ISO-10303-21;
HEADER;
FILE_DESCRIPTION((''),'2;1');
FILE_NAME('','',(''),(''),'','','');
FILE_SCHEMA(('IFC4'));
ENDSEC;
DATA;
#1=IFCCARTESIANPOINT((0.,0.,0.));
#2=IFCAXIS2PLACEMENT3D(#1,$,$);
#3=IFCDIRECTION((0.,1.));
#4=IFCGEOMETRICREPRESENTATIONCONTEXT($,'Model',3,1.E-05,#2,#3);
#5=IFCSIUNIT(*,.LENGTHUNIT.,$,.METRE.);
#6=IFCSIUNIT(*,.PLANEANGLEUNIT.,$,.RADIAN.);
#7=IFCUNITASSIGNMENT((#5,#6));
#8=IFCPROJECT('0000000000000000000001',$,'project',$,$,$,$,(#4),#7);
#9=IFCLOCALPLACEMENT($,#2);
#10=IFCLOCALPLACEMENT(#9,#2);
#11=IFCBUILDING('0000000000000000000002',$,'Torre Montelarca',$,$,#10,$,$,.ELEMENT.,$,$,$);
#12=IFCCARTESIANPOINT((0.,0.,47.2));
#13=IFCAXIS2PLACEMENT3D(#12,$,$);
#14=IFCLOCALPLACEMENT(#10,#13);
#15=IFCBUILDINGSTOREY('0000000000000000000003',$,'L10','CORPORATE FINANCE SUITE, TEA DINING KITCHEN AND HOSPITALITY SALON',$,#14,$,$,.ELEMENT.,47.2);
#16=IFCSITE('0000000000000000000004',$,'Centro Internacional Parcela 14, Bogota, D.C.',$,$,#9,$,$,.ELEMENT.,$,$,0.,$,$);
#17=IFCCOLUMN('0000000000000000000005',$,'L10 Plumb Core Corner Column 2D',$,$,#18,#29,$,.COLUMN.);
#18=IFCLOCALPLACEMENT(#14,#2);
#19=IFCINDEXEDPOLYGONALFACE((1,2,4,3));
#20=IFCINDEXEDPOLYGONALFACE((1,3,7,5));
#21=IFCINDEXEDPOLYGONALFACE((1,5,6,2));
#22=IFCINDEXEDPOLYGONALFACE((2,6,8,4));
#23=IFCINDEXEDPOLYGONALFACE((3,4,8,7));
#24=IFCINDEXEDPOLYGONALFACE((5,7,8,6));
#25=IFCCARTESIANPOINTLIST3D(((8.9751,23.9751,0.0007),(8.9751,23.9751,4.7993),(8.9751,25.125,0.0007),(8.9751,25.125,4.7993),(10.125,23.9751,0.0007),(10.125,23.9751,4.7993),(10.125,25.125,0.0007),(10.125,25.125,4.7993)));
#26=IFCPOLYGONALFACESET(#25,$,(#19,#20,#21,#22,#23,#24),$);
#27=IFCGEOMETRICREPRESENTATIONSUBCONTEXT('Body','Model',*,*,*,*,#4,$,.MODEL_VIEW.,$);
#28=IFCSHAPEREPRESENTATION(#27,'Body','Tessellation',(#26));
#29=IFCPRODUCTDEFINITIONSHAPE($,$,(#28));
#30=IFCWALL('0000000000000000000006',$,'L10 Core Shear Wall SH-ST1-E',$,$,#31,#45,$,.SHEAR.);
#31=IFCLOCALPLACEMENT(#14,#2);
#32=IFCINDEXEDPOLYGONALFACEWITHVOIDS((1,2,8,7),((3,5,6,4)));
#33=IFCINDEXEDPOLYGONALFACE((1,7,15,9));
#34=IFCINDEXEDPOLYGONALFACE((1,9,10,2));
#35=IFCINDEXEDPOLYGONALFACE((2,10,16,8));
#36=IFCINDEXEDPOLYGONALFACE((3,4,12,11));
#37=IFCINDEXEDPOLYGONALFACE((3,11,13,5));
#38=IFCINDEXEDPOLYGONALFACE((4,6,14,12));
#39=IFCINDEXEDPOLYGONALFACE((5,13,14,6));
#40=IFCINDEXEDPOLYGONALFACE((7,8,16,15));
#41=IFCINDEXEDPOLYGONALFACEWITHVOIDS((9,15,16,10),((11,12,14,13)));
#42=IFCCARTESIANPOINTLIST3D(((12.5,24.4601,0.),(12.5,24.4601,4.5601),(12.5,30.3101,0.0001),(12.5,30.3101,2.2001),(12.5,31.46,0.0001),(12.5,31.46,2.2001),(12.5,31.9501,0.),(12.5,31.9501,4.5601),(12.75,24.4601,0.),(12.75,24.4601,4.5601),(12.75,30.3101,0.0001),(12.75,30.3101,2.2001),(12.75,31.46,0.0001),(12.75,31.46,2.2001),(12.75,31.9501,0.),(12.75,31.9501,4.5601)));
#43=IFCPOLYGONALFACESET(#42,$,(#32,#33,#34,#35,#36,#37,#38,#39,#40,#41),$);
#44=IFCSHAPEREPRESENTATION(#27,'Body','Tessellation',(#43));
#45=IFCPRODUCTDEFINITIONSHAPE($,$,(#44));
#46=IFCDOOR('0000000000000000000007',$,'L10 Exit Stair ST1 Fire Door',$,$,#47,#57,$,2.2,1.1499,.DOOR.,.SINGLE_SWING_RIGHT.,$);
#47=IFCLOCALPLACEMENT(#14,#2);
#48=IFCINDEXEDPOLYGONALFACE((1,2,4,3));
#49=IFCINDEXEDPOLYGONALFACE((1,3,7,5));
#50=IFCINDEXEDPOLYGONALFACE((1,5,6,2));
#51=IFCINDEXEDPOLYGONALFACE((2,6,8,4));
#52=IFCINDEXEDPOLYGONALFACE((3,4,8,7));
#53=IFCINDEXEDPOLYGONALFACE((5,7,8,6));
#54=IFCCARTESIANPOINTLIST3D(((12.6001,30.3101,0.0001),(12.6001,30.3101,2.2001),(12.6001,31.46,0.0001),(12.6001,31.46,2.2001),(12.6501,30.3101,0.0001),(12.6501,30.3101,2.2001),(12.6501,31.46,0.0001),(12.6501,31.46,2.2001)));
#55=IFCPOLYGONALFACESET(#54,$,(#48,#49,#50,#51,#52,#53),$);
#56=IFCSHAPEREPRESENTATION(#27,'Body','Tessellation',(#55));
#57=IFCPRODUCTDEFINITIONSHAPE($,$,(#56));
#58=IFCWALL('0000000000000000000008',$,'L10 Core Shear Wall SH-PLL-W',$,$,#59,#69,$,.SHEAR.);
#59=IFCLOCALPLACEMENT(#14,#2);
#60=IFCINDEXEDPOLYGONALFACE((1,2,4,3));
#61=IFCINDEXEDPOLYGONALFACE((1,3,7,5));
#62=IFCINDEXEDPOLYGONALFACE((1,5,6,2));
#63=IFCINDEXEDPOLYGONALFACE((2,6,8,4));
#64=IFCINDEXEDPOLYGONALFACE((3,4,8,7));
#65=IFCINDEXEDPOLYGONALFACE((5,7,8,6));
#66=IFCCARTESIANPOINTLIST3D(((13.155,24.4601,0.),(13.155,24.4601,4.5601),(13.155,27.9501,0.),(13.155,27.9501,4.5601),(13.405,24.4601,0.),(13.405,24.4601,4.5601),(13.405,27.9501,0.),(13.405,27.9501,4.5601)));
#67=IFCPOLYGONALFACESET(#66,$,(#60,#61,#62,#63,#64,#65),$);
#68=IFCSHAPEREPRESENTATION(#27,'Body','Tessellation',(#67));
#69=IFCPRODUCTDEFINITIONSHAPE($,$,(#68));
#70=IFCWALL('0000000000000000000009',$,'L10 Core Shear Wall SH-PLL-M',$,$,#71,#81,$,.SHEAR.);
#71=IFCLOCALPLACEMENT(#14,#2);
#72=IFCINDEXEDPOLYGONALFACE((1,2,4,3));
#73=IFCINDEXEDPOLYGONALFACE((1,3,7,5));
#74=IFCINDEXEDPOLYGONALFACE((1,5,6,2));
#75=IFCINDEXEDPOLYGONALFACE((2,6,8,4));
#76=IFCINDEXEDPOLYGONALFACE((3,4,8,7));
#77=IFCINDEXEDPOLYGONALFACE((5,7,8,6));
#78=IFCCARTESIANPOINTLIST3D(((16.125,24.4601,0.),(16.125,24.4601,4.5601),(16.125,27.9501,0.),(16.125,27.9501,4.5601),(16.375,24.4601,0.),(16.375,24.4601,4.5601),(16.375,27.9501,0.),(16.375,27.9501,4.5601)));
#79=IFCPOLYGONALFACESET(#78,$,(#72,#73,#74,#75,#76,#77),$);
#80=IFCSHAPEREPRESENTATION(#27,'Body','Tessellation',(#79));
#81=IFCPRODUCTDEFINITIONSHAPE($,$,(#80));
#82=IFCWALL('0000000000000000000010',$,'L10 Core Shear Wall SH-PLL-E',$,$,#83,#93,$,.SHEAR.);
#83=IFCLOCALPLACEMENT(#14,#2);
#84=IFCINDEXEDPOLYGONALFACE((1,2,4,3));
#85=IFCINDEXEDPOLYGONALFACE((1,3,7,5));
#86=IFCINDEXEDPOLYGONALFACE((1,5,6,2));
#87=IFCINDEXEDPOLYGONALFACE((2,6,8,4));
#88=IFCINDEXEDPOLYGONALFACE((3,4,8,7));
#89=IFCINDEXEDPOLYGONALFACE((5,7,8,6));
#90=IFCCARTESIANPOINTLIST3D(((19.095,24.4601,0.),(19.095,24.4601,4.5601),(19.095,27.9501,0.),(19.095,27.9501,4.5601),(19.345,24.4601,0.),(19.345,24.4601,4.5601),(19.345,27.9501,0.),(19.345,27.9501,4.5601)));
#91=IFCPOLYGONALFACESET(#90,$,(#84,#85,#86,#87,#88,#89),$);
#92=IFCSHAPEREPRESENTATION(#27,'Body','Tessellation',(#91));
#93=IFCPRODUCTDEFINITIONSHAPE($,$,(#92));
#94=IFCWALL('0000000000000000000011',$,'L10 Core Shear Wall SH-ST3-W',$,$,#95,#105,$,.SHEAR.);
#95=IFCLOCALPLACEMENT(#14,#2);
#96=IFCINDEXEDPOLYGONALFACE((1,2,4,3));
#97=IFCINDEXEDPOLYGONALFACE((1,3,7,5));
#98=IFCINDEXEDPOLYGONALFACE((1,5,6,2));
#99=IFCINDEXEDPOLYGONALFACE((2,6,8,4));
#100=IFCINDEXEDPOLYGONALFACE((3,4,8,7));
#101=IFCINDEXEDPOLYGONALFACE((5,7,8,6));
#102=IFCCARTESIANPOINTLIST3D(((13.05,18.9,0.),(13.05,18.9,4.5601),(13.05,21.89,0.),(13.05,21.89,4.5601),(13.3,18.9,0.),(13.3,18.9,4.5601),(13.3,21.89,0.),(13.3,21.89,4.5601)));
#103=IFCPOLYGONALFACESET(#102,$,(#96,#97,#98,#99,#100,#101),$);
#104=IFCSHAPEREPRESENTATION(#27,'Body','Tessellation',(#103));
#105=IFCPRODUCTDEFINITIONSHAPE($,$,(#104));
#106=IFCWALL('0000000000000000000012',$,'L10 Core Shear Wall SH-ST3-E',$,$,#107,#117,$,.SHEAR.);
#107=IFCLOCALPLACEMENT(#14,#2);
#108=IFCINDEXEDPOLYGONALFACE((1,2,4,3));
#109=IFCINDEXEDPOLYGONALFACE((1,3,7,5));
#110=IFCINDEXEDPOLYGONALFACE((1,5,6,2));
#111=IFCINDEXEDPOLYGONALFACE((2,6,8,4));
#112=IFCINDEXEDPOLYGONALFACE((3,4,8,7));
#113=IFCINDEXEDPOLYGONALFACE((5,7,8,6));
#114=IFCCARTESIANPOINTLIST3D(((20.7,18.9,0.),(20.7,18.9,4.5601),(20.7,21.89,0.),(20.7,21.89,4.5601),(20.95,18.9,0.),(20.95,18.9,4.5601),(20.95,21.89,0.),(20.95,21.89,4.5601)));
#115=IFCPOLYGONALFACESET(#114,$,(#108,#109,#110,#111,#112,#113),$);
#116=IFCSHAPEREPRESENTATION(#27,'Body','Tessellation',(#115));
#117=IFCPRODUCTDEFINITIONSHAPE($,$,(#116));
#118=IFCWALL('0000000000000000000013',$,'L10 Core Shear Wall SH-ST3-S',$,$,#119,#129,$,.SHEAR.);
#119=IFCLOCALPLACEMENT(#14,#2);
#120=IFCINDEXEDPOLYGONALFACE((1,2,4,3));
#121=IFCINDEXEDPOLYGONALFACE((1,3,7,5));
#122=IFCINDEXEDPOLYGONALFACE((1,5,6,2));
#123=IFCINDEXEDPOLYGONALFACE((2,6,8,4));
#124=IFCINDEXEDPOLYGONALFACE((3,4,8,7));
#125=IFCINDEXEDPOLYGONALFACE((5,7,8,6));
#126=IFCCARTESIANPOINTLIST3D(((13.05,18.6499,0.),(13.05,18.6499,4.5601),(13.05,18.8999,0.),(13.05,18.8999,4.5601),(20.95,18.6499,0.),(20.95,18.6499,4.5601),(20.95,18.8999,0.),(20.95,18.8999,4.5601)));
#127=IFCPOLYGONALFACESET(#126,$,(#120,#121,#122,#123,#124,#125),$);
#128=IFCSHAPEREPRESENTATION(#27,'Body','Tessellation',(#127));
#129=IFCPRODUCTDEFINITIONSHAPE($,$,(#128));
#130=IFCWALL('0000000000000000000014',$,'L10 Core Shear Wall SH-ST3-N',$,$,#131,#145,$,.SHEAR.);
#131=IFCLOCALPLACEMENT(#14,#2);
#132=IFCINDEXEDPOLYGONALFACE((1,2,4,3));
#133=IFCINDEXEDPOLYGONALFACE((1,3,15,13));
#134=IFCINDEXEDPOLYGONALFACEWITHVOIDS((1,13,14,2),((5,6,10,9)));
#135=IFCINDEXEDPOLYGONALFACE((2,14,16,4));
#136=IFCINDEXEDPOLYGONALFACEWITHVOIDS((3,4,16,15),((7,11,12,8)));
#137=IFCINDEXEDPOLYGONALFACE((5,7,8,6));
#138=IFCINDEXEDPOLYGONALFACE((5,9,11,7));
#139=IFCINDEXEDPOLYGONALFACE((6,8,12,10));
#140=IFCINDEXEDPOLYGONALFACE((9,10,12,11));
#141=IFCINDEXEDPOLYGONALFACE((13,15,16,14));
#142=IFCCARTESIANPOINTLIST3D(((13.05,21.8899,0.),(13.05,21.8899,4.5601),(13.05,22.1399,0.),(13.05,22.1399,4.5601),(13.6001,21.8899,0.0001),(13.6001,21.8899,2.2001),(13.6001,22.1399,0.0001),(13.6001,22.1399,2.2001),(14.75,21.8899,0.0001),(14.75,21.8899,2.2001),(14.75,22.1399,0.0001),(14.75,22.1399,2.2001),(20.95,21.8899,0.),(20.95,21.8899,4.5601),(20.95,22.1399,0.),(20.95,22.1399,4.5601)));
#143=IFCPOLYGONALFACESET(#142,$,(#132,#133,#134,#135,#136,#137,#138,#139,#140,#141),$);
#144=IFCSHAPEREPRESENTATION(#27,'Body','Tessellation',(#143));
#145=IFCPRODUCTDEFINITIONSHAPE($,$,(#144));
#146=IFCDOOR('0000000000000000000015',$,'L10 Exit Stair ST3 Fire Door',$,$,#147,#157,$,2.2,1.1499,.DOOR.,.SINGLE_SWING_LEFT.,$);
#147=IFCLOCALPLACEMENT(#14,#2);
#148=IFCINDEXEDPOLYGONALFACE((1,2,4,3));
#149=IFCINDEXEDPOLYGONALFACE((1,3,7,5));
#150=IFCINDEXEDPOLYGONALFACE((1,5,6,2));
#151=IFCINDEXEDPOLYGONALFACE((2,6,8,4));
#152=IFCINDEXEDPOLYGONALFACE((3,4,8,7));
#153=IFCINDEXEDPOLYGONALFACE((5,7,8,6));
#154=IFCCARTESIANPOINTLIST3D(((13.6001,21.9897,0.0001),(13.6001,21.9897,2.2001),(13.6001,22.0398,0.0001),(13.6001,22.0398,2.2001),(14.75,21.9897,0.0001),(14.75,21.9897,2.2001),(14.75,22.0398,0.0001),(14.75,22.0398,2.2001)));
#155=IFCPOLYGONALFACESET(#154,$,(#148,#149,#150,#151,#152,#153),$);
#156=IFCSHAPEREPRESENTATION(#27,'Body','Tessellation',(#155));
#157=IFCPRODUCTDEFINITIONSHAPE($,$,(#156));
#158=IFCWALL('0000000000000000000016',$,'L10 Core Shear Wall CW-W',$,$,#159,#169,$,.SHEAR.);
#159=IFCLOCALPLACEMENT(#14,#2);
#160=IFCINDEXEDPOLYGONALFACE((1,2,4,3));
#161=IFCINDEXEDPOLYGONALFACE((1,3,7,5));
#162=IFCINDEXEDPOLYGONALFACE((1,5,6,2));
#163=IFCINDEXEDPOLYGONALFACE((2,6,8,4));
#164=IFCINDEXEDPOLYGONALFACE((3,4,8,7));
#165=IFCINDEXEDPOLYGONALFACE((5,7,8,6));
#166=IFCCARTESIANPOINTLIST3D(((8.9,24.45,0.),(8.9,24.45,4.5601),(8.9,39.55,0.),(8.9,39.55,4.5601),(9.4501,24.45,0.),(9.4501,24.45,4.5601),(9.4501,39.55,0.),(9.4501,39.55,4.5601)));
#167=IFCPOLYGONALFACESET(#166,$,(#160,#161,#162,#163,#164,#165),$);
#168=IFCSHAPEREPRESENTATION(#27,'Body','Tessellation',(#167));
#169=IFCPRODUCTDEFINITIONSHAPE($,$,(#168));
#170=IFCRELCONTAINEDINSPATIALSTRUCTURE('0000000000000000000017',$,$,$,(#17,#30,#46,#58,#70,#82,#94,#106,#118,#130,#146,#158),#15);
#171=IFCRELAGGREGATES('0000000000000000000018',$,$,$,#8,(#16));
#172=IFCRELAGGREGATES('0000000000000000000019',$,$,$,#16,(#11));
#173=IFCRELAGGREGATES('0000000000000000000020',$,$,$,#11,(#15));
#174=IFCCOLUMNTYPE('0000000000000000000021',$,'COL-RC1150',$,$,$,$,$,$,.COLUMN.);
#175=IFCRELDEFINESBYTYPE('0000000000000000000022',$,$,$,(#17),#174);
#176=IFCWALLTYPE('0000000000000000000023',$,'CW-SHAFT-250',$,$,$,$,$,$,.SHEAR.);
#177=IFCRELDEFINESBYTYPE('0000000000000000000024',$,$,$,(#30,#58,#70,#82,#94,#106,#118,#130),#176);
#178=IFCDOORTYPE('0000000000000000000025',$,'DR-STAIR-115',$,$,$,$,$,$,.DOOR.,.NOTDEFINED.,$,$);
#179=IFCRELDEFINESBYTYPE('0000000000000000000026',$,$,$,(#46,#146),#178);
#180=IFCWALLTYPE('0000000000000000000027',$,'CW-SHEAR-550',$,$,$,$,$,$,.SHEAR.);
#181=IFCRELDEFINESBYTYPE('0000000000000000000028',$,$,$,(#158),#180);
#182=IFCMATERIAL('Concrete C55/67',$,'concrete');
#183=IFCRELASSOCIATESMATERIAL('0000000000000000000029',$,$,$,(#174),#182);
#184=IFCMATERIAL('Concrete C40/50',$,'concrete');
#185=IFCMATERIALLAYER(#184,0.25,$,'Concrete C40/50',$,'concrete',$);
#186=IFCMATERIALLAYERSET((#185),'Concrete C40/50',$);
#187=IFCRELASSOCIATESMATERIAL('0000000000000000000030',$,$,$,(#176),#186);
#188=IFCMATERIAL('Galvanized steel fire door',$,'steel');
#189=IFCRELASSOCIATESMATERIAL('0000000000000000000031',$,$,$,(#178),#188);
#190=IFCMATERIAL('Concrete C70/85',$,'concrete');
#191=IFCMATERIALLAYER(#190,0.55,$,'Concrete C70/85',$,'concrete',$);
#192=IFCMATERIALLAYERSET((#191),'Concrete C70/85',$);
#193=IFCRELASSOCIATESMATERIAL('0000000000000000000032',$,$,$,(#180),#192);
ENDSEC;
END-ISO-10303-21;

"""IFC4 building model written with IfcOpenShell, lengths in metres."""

from ifc_helpers import new_model, si_unit, direction, frame, frame_2d, origin, origin_2d, place, context, subcontext, project, spatial, rectangle, extrude, source, transform, mapped, material, layer, layer_set, material_profile, profile_set, type_object, element, fill, save


model = new_model("IFC4")

# Units and contexts
model_context = context("Model", 3, precision=1e-05, world=origin(), true_north=direction((0.0, 1.0)))
body_context = subcontext(model_context, "Body", "Model", "MODEL_VIEW")
ifc_project = project(units=[si_unit("LENGTHUNIT", "METRE"), si_unit("PLANEANGLEUNIT", "RADIAN")], contexts=[model_context])

# Site, building, storey
site_placement = place(None, origin())
site = spatial("IfcSite", under=ifc_project, at=site_placement, Name="Centro Internacional Parcela 14, Bogota, D.C.", CompositionType="ELEMENT", RefElevation=0.0)
building_placement = place(site_placement, origin())
building = spatial("IfcBuilding", under=site, at=building_placement, Name="Torre Montelarca", CompositionType="ELEMENT")
storey_placement = place(building_placement, frame((0.0, 0.0, 47.2)))
storey = spatial("IfcBuildingStorey", under=building, at=storey_placement, Name="L10", Description="CORPORATE FINANCE SUITE, TEA DINING KITCHEN AND HOSPITALITY SALON", CompositionType="ELEMENT", Elevation=47.2)

# Column
ifc_material_1 = material(Name="Concrete C55/67", Category="concrete")
ifc_material_profile = material_profile(ifc_material_1, rectangle(XDim=1.1499, YDim=1.1499, at=origin_2d()), Name="RC1150X1150", Category="concrete")
ifc_profile_set = profile_set([ifc_material_profile], Name="Concrete C55/67")
column_type = type_object("IfcColumnType", Name="COL-RC1150", PredefinedType="COLUMN", material=ifc_profile_set)
shared_shape_1 = source(origin(), body_context, "Body", "SweptSolid", [
    extrude(rectangle(XDim=1.1499, YDim=1.1499, at=origin_2d()), origin(), (0.0, 0.0, 1.0), 4.7986),
])
column_placement = place(storey_placement, frame((9.55, 24.55, 0.0007), z_axis=(0.0, 0.0, 1.0), x_axis=(1.0, 0.0, 0.0)))
element("IfcColumn", 1, at=column_placement, inside=storey, type_object=column_type, Name="L10 Plumb Core Corner Column 2D", PredefinedType="COLUMN", context=body_context, shape_type="MappedRepresentation", body=[
    mapped(shared_shape_1, transform((0.0, 0.0, 0.0), scale=1.0)),
])

# Wall, opening, door
ifc_material_2 = material(Name="Concrete C40/50", Category="concrete")
ifc_layer_1 = layer(ifc_material_2, 0.25, Name="Concrete C40/50", Category="concrete")
ifc_layer_set_1 = layer_set([ifc_layer_1], Name="Concrete C40/50")
wall_type_1 = type_object("IfcWallType", Name="CW-SHAFT-250", PredefinedType="SHEAR", material=ifc_layer_set_1)
wall_1_placement = place(storey_placement, frame((12.625, 24.46, 0.0), z_axis=(0.0, 0.0, 1.0), x_axis=(0.0, 1.0, 0.0)))
wall_1 = element("IfcWall", 2, at=wall_1_placement, inside=storey, type_object=wall_type_1, Name="L10 Core Shear Wall SH-ST1-E", PredefinedType="SHEAR", context=body_context, shape_type="SweptSolid", body=[
    extrude(rectangle(XDim=7.49, YDim=0.25, at=frame_2d((3.7451, 0.0))), origin(), (0.0, 0.0, 1.0), 4.5601),
])
opening_1_placement = place(wall_1_placement, frame((5.8501, 0.0, 0.0)))
opening_1 = element("IfcOpeningElement", 3, at=opening_1_placement, cuts=wall_1, PredefinedType="OPENING", context=body_context, shape_type="SweptSolid", body=[
    extrude(rectangle(XDim=1.1499, YDim=2.2, at=frame_2d((0.575, 1.1001))), frame((0.0, 0.135, 0.0), z_axis=(0.0, -1.0, 0.0), x_axis=(1.0, 0.0, 0.0)), (0.0, 0.0, 1.0), 0.27),
])
ifc_material_3 = material(Name="Galvanized steel fire door", Category="steel")
door_type_1 = type_object("IfcDoorType", Name="DR-STAIR-115", OperationType="NOTDEFINED", PredefinedType="DOOR", material=ifc_material_3)
shared_shape_2 = source(origin(), body_context, "Body", "SweptSolid", [
    extrude(rectangle(XDim=1.1499, YDim=2.2, at=frame_2d((0.575, 1.1001))), frame((0.0, 0.0249, 0.0), z_axis=(0.0, -1.0, 0.0), x_axis=(1.0, 0.0, 0.0)), (0.0, 0.0, 1.0), 0.05),
])
door_1_placement = place(opening_1_placement, origin())
door_1 = element("IfcDoor", 4, at=door_1_placement, inside=storey, type_object=door_type_1, Name="L10 Exit Stair ST1 Fire Door", OperationType="SINGLE_SWING_RIGHT", OverallHeight=2.2, OverallWidth=1.1499, PredefinedType="DOOR", context=body_context, shape_type="MappedRepresentation", body=[
    mapped(shared_shape_2, transform((0.0, 0.0, 0.0), scale=1.0)),
])
fill(opening_1, door_1)

# Walls
for number, where, z_axis, x_axis, name in (
    (5, (13.28, 24.46, 0.0), (0.0, 0.0, 1.0), (0.0, 1.0, 0.0), "L10 Core Shear Wall SH-PLL-W"),
    (6, (16.25, 24.46, 0.0), (0.0, 0.0, 1.0), (0.0, 1.0, 0.0), "L10 Core Shear Wall SH-PLL-M"),
    (7, (19.22, 24.46, 0.0), (0.0, 0.0, 1.0), (0.0, 1.0, 0.0), "L10 Core Shear Wall SH-PLL-E"),
):
    element("IfcWall", number, at=place(storey_placement, frame(where, z_axis=z_axis, x_axis=x_axis)), inside=storey, type_object=wall_type_1, Name=name, PredefinedType="SHEAR", context=body_context, shape_type="SweptSolid", body=[
        extrude(rectangle(XDim=3.49, YDim=0.25, at=frame_2d((1.7451, 0.0))), origin(), (0.0, 0.0, 1.0), 4.5601),
    ])
for number, where, z_axis, x_axis, name in (
    (8, (13.175, 18.8999, 0.0), (0.0, 0.0, 1.0), (0.0, 1.0, 0.0), "L10 Core Shear Wall SH-ST3-W"),
    (9, (20.825, 18.8999, 0.0), (0.0, 0.0, 1.0), (0.0, 1.0, 0.0), "L10 Core Shear Wall SH-ST3-E"),
):
    element("IfcWall", number, at=place(storey_placement, frame(where, z_axis=z_axis, x_axis=x_axis)), inside=storey, type_object=wall_type_1, Name=name, PredefinedType="SHEAR", context=body_context, shape_type="SweptSolid", body=[
        extrude(rectangle(XDim=2.99, YDim=0.25, at=frame_2d((1.4951, 0.0))), origin(), (0.0, 0.0, 1.0), 4.5601),
    ])
wall_2_placement = place(storey_placement, frame((13.05, 18.7749, 0.0), z_axis=(0.0, 0.0, 1.0), x_axis=(1.0, 0.0, 0.0)))
element("IfcWall", 10, at=wall_2_placement, inside=storey, type_object=wall_type_1, Name="L10 Core Shear Wall SH-ST3-S", PredefinedType="SHEAR", context=body_context, shape_type="SweptSolid", body=[
    extrude(rectangle(XDim=7.8999, YDim=0.25, at=frame_2d((3.95, 0.0))), origin(), (0.0, 0.0, 1.0), 4.5601),
])

# Wall, opening, door
wall_3_placement = place(storey_placement, frame((13.05, 22.0149, 0.0), z_axis=(0.0, 0.0, 1.0), x_axis=(1.0, 0.0, 0.0)))
wall_3 = element("IfcWall", 11, at=wall_3_placement, inside=storey, type_object=wall_type_1, Name="L10 Core Shear Wall SH-ST3-N", PredefinedType="SHEAR", context=body_context, shape_type="SweptSolid", body=[
    extrude(rectangle(XDim=7.8999, YDim=0.25, at=frame_2d((3.95, 0.0))), origin(), (0.0, 0.0, 1.0), 4.5601),
])
opening_2_placement = place(wall_3_placement, frame((0.55, 0.0, 0.0)))
opening_2 = element("IfcOpeningElement", 12, at=opening_2_placement, cuts=wall_3, PredefinedType="OPENING", context=body_context, shape_type="SweptSolid", body=[
    extrude(rectangle(XDim=1.1499, YDim=2.2, at=frame_2d((0.575, 1.1001))), frame((0.0, 0.135, 0.0), z_axis=(0.0, -1.0, 0.0), x_axis=(1.0, 0.0, 0.0)), (0.0, 0.0, 1.0), 0.27),
])
door_2_placement = place(opening_2_placement, origin())
door_2 = element("IfcDoor", 13, at=door_2_placement, inside=storey, type_object=door_type_1, Name="L10 Exit Stair ST3 Fire Door", OperationType="SINGLE_SWING_LEFT", OverallHeight=2.2, OverallWidth=1.1499, PredefinedType="DOOR", context=body_context, shape_type="MappedRepresentation", body=[
    mapped(shared_shape_2, transform((0.0, 0.0, 0.0), scale=1.0)),
])
fill(opening_2, door_2)

# Wall
ifc_material_4 = material(Name="Concrete C70/85", Category="concrete")
ifc_layer_2 = layer(ifc_material_4, 0.55, Name="Concrete C70/85", Category="concrete")
ifc_layer_set_2 = layer_set([ifc_layer_2], Name="Concrete C70/85")
wall_type_2 = type_object("IfcWallType", Name="CW-SHEAR-550", PredefinedType="SHEAR", material=ifc_layer_set_2)
wall_4_placement = place(storey_placement, frame((9.175, 24.45, 0.0), z_axis=(0.0, 0.0, 1.0), x_axis=(0.0, 1.0, 0.0)))
element("IfcWall", 14, at=wall_4_placement, inside=storey, type_object=wall_type_2, Name="L10 Core Shear Wall CW-W", PredefinedType="SHEAR", context=body_context, shape_type="SweptSolid", body=[
    extrude(rectangle(XDim=15.1001, YDim=0.55, at=frame_2d((7.55, 0.0))), origin(), (0.0, 0.0, 1.0), 4.5601),
])

save(model, "model.ifc")
